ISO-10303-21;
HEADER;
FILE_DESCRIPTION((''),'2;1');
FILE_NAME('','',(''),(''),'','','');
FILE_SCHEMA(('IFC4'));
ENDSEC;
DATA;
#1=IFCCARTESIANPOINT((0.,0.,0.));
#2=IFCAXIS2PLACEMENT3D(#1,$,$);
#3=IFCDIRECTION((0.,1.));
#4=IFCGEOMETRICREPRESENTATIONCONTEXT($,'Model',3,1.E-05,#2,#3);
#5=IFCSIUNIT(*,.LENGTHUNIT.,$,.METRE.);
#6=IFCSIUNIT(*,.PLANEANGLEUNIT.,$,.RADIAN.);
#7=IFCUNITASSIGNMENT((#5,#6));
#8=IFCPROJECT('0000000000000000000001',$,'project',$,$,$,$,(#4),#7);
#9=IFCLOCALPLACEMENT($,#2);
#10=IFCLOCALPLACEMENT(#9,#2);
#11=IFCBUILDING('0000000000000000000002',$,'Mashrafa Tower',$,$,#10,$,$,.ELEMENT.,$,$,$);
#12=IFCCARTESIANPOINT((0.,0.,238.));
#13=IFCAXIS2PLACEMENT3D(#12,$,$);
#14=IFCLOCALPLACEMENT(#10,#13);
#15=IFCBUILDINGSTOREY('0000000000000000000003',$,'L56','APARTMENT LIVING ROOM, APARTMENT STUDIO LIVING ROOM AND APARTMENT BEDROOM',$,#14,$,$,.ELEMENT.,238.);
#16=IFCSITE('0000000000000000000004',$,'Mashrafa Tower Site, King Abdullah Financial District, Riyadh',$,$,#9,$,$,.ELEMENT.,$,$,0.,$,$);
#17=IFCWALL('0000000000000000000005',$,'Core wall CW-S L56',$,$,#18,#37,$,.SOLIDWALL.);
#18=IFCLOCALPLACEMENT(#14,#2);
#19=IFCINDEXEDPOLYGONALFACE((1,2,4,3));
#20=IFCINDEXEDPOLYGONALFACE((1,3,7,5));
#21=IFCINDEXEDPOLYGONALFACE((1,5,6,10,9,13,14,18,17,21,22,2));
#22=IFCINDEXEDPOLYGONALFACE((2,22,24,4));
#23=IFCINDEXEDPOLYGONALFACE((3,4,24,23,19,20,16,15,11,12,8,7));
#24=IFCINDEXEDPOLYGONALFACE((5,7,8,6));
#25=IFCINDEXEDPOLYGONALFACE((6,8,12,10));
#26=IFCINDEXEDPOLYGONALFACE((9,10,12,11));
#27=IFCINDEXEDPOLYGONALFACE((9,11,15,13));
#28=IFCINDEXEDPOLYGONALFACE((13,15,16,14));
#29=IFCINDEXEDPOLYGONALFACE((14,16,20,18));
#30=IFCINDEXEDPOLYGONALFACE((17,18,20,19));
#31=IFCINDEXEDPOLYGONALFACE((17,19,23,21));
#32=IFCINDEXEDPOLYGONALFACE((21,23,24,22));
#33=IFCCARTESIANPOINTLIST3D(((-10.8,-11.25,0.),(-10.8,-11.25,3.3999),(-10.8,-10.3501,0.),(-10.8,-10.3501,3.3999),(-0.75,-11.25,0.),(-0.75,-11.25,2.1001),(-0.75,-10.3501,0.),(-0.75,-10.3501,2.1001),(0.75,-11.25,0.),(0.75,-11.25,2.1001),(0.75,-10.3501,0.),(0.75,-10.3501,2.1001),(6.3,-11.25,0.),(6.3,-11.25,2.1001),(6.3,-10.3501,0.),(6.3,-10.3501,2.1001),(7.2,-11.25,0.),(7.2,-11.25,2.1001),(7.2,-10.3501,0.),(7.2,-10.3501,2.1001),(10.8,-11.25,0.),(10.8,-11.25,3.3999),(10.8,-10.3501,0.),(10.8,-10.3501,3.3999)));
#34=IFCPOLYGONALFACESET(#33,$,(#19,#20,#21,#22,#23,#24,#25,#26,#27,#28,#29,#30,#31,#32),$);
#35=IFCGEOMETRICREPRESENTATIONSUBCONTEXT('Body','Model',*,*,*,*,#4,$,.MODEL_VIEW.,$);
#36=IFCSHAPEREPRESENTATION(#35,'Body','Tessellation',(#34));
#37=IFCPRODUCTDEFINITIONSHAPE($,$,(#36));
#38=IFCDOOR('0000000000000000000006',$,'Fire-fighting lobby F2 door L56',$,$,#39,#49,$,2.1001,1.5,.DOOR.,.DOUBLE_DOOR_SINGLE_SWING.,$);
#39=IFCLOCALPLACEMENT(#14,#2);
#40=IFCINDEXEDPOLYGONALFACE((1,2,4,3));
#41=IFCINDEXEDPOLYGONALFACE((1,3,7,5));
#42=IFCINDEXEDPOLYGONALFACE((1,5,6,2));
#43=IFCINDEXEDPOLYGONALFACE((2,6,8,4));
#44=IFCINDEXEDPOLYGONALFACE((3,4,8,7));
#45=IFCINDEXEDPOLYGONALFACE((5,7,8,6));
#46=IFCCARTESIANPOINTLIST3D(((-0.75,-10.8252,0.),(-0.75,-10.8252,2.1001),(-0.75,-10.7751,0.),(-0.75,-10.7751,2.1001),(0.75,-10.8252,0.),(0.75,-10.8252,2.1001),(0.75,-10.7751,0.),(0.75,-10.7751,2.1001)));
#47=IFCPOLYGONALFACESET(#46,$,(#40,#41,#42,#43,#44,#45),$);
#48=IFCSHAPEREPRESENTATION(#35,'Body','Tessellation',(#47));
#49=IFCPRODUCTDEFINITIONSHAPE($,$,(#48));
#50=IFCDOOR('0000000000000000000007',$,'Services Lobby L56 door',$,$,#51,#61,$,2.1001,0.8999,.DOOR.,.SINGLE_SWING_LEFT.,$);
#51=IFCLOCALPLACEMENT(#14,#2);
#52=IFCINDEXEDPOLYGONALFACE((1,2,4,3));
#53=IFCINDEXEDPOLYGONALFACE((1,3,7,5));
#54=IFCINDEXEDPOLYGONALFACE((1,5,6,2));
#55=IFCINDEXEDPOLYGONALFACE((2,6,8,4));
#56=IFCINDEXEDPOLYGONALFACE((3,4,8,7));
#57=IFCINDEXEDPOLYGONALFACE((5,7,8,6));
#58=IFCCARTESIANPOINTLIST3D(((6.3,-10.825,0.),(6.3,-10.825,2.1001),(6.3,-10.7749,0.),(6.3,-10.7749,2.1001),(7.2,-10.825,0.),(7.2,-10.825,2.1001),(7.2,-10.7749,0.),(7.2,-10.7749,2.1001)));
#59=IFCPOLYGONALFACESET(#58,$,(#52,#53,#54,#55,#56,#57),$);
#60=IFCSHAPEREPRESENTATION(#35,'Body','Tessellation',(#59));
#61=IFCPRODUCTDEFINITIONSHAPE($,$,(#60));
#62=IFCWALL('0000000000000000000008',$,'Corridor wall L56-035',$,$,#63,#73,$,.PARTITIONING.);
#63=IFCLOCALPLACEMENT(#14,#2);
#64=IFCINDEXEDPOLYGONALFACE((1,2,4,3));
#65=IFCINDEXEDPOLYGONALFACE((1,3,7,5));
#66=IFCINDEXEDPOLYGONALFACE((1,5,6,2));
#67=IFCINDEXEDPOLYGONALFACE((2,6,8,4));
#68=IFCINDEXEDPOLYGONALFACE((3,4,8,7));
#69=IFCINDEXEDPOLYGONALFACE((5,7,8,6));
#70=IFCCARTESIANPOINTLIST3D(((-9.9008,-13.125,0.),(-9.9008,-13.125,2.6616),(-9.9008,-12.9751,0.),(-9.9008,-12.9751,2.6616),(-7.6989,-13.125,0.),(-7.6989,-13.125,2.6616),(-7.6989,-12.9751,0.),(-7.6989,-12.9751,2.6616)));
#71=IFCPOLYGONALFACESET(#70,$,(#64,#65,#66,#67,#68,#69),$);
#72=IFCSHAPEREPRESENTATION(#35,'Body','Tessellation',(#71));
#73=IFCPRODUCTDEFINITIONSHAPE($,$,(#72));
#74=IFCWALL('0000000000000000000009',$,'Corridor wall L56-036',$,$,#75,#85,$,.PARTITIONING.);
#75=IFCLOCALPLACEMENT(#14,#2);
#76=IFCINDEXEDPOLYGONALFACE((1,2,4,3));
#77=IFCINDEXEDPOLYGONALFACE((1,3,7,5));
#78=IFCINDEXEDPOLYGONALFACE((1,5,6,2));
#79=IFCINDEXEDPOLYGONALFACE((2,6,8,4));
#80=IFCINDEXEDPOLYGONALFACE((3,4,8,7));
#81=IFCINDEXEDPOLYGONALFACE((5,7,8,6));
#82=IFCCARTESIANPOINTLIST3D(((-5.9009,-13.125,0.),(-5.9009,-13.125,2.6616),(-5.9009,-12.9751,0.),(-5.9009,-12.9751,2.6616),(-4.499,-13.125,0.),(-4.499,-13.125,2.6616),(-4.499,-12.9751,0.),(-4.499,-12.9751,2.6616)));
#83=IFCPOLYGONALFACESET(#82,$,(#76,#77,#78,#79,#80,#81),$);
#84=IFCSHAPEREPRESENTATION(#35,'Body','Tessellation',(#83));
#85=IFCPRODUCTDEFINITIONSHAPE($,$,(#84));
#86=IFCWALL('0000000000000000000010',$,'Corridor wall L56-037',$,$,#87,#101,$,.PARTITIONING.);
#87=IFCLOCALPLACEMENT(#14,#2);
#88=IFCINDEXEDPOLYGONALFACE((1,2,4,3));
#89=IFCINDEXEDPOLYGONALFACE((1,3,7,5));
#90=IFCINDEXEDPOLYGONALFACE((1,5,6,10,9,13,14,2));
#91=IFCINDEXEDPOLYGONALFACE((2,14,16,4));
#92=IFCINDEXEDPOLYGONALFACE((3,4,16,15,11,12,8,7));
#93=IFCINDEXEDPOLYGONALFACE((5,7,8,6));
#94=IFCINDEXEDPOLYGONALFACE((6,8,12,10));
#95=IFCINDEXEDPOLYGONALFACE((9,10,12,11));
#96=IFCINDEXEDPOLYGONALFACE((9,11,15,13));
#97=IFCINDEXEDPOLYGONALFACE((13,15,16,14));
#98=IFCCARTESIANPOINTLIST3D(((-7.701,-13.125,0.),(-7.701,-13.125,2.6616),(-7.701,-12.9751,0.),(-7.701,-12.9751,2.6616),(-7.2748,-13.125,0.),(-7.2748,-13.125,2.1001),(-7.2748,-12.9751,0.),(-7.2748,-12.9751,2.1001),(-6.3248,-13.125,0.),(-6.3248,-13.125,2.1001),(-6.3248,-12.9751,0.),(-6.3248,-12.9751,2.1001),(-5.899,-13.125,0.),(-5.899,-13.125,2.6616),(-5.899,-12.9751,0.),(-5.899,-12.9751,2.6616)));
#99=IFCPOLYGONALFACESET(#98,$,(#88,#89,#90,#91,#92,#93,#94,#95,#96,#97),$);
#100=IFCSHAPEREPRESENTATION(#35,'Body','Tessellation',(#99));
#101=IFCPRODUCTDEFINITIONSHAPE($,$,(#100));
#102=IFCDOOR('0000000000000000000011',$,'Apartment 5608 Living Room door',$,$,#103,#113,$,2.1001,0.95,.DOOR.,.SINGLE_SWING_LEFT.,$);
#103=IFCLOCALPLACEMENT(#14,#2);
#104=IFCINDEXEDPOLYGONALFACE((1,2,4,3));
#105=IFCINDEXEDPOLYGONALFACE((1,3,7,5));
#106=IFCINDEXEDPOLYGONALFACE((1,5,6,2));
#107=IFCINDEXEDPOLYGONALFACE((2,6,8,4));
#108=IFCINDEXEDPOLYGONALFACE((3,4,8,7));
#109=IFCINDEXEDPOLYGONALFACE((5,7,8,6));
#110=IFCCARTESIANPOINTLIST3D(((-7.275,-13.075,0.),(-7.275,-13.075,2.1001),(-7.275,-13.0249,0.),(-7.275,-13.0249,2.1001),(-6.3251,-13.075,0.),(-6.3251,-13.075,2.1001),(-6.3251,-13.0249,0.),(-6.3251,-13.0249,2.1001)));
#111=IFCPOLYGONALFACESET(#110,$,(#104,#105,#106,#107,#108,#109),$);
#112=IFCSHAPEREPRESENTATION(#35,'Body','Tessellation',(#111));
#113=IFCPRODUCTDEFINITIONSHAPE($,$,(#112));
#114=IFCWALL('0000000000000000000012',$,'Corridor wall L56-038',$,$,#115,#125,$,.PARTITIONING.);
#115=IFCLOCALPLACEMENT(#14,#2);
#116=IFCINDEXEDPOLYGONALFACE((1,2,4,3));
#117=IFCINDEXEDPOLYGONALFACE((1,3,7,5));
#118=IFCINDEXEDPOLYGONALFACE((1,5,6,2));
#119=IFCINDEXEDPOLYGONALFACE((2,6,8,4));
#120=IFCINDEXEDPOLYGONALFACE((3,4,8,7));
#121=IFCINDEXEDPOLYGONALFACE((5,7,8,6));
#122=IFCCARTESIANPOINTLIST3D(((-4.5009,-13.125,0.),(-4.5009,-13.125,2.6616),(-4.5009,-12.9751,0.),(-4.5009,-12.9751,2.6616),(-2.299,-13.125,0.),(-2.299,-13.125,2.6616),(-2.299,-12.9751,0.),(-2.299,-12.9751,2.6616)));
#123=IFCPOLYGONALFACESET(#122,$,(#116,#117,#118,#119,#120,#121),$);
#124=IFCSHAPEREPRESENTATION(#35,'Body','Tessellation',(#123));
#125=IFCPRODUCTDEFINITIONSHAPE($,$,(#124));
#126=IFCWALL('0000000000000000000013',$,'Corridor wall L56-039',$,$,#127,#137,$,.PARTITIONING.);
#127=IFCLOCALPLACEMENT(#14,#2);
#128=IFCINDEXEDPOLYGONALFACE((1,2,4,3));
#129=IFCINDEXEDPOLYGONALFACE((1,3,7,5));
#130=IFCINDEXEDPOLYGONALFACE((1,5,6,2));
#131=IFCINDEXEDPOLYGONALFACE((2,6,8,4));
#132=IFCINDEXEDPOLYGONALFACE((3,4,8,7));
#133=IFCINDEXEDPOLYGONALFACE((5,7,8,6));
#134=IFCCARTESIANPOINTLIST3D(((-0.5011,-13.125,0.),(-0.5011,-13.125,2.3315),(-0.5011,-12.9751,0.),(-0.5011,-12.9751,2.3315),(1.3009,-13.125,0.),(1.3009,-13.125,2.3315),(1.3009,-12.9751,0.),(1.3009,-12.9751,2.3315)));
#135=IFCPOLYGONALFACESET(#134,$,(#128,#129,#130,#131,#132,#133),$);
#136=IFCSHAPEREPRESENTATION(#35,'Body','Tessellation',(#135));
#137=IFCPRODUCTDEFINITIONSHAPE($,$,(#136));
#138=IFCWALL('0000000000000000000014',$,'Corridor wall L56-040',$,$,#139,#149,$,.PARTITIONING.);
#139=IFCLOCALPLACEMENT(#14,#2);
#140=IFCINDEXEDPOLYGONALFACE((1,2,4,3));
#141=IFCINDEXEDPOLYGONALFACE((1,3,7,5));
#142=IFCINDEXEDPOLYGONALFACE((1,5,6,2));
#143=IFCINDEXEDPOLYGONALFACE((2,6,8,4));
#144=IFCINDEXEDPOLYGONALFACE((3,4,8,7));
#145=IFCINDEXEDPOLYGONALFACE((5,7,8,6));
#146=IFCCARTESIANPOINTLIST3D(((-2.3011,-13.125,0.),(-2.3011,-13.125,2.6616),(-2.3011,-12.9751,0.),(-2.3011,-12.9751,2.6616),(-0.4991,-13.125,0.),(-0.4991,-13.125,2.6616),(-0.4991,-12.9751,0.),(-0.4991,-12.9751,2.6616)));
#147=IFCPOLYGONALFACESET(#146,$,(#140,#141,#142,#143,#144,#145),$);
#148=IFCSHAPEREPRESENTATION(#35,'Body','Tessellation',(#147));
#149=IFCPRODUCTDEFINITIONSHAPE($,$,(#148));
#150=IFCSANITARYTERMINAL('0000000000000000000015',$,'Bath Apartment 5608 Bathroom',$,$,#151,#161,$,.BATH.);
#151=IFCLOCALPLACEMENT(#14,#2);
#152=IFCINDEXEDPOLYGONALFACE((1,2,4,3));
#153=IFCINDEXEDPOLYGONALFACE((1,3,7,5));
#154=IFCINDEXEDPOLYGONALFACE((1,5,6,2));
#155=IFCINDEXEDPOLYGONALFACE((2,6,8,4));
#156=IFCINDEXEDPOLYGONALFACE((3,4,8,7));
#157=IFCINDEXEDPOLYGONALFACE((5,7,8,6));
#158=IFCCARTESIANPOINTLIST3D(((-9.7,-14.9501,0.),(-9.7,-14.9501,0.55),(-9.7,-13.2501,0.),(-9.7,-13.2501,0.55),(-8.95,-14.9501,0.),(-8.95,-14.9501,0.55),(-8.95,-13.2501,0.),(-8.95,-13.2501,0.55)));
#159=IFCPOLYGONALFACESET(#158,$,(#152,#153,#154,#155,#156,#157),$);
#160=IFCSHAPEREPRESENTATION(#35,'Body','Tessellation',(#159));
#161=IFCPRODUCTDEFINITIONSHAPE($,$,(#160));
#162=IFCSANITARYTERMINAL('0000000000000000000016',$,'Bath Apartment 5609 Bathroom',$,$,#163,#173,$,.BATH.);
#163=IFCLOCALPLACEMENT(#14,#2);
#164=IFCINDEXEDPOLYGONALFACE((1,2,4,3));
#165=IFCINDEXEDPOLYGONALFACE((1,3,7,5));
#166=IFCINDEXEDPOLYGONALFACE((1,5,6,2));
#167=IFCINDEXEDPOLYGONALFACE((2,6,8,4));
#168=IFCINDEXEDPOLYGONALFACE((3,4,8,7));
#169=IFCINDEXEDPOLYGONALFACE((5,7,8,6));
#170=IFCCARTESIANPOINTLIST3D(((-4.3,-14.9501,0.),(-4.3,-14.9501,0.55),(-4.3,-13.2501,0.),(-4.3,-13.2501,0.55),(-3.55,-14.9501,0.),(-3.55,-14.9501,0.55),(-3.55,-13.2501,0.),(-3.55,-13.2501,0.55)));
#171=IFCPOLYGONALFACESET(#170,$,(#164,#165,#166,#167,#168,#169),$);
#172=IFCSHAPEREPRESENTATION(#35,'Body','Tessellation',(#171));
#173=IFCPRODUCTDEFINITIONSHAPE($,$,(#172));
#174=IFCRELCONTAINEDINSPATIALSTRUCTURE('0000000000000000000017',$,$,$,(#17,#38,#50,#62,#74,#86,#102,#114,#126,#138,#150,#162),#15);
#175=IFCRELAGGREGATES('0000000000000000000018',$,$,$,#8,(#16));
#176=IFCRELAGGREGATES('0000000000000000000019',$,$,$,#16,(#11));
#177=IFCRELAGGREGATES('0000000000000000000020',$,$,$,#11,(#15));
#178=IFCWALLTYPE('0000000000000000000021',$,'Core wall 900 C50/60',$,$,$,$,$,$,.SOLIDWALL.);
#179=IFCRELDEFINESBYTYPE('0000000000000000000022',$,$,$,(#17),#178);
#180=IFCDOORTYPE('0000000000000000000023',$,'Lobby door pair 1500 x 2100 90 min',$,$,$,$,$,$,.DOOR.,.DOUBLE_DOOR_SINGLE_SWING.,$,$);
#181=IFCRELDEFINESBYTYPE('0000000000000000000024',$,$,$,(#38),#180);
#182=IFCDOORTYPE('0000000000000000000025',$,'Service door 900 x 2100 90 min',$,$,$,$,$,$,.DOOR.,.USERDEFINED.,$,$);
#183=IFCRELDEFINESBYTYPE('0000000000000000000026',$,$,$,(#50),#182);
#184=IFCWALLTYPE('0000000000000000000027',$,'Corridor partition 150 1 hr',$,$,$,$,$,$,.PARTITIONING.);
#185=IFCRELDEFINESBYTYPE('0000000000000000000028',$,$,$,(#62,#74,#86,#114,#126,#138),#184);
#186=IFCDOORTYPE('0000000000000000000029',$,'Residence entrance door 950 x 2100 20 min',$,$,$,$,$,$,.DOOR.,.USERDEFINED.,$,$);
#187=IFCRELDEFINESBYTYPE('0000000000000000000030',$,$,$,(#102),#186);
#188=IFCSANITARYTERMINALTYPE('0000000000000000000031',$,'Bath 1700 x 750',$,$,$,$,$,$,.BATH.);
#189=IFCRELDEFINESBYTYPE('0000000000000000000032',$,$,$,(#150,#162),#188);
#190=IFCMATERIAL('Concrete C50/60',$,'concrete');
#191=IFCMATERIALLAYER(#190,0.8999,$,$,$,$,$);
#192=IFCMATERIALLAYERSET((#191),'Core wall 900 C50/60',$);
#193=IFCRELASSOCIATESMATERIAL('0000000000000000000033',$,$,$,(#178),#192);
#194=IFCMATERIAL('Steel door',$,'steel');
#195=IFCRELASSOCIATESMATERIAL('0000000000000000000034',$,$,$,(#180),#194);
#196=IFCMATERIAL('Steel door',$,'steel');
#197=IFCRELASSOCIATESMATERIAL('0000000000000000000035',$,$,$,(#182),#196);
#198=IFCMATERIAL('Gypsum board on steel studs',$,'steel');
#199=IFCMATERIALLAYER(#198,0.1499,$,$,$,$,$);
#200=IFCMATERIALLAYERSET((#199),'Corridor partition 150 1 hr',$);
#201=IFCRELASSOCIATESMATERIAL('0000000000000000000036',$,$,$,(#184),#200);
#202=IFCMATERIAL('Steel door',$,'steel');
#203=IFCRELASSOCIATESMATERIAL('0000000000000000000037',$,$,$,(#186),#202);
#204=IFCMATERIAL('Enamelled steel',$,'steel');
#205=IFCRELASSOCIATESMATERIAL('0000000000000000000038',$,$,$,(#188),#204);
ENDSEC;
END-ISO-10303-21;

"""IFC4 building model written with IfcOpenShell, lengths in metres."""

from ifc_helpers import new_model, si_unit, direction, frame, frame_2d, origin, origin_2d, place, context, subcontext, project, spatial, rectangle, extrude, material, layer, layer_set, type_object, element, fill, save


model = new_model("IFC4")

# Units and contexts
model_context = context("Model", 3, precision=1e-05, world=origin(), true_north=direction((0.0, 1.0)))
body_context = subcontext(model_context, "Body", "Model", "MODEL_VIEW")
ifc_project = project(units=[si_unit("LENGTHUNIT", "METRE"), si_unit("PLANEANGLEUNIT", "RADIAN")], contexts=[model_context])

# Site, building, storey
site_placement = place(None, origin())
site = spatial("IfcSite", under=ifc_project, at=site_placement, Name="Mashrafa Tower Site, King Abdullah Financial District, Riyadh", CompositionType="ELEMENT", RefElevation=0.0)
building_placement = place(site_placement, origin())
building = spatial("IfcBuilding", under=site, at=building_placement, Name="Mashrafa Tower", CompositionType="ELEMENT")
storey_placement = place(building_placement, frame((0.0, 0.0, 238.0)))
storey = spatial("IfcBuildingStorey", under=building, at=storey_placement, Name="L56", Description="APARTMENT LIVING ROOM, APARTMENT STUDIO LIVING ROOM AND APARTMENT BEDROOM", CompositionType="ELEMENT", Elevation=238.0)

# Wall, openings, doors
ifc_material_1 = material(Name="Concrete C50/60", Category="concrete")
ifc_layer_1 = layer(ifc_material_1, 0.8999)
ifc_layer_set_1 = layer_set([ifc_layer_1], Name="Core wall 900 C50/60")
wall_type_1 = type_object("IfcWallType", Name="Core wall 900 C50/60", PredefinedType="SOLIDWALL", material=ifc_layer_set_1)
wall_1_placement = place(storey_placement, frame((-10.8, -10.8, 0.0), z_axis=(0.0, 0.0, 1.0), x_axis=(1.0, 0.0, 0.0)))
wall_1 = element("IfcWall", 1, at=wall_1_placement, inside=storey, type_object=wall_type_1, Name="Core wall CW-S L56", PredefinedType="SOLIDWALL", context=body_context, shape_type="SweptSolid", body=[
    extrude(rectangle(XDim=21.6001, YDim=0.8999, at=frame_2d((10.8, 0.0))), origin(), (0.0, 0.0, 1.0), 3.3999),
])
opening_1_placement = place(wall_1_placement, frame((10.05, 0.0, 0.0)))
opening_1 = element("IfcOpeningElement", 2, at=opening_1_placement, cuts=wall_1, PredefinedType="OPENING", context=body_context, shape_type="SweptSolid", body=[
    extrude(rectangle(XDim=1.5, YDim=2.1001, at=frame_2d((0.75, 1.05))), frame((0.0, 0.46, 0.0), z_axis=(0.0, -1.0, 0.0), x_axis=(1.0, 0.0, 0.0)), (0.0, 0.0, 1.0), 0.9199),
])
opening_2_placement = place(wall_1_placement, frame((17.1001, 0.0, 0.0)))
opening_2 = element("IfcOpeningElement", 3, at=opening_2_placement, cuts=wall_1, PredefinedType="OPENING", context=body_context, shape_type="SweptSolid", body=[
    extrude(rectangle(XDim=0.8999, YDim=2.1001, at=frame_2d((0.45, 1.05))), frame((0.0, 0.46, 0.0), z_axis=(0.0, -1.0, 0.0), x_axis=(1.0, 0.0, 0.0)), (0.0, 0.0, 1.0), 0.9199),
])
ifc_material_2 = material(Name="Steel door", Category="steel")
door_type_1 = type_object("IfcDoorType", Name="Lobby door pair 1500 x 2100 90 min", OperationType="DOUBLE_DOOR_SINGLE_SWING", PredefinedType="DOOR", material=ifc_material_2)
door_1_placement = place(opening_1_placement, origin())
door_1 = element("IfcDoor", 4, at=door_1_placement, inside=storey, type_object=door_type_1, Name="Fire-fighting lobby F2 door L56", OperationType="DOUBLE_DOOR_SINGLE_SWING", OverallHeight=2.1001, OverallWidth=1.5, PredefinedType="DOOR", context=body_context, shape_type="SweptSolid", body=[
    extrude(rectangle(XDim=1.5, YDim=2.1001, at=frame_2d((0.75, 1.05))), frame((0.0, 0.0249, 0.0), z_axis=(0.0, -1.0, 0.0), x_axis=(1.0, 0.0, 0.0)), (0.0, 0.0, 1.0), 0.05),
])
fill(opening_1, door_1)
ifc_material_3 = material(Name="Steel door", Category="steel")
door_type_2 = type_object("IfcDoorType", Name="Service door 900 x 2100 90 min", OperationType="USERDEFINED", PredefinedType="DOOR", material=ifc_material_3)
door_2_placement = place(opening_2_placement, frame((0.8999, 0.0, 0.0), z_axis=(0.0, 0.0, 1.0), x_axis=(-1.0, 0.0, 0.0)))
door_2 = element("IfcDoor", 5, at=door_2_placement, inside=storey, type_object=door_type_2, Name="Services Lobby L56 door", OperationType="SINGLE_SWING_LEFT", OverallHeight=2.1001, OverallWidth=0.8999, PredefinedType="DOOR", context=body_context, shape_type="SweptSolid", body=[
    extrude(rectangle(XDim=0.8999, YDim=2.1001, at=frame_2d((0.45, 1.05))), frame((0.0, 0.0249, 0.0), z_axis=(0.0, -1.0, 0.0), x_axis=(1.0, 0.0, 0.0)), (0.0, 0.0, 1.0), 0.05),
])
fill(opening_2, door_2)

# Walls
ifc_material_4 = material(Name="Gypsum board on steel studs", Category="steel")
ifc_layer_2 = layer(ifc_material_4, 0.1499)
ifc_layer_set_2 = layer_set([ifc_layer_2], Name="Corridor partition 150 1 hr")
wall_type_2 = type_object("IfcWallType", Name="Corridor partition 150 1 hr", PredefinedType="PARTITIONING", material=ifc_layer_set_2)
wall_2_placement = place(storey_placement, frame((-9.9009, -13.05, 0.0), z_axis=(0.0, 0.0, 1.0), x_axis=(1.0, 0.0, 0.0)))
element("IfcWall", 6, at=wall_2_placement, inside=storey, type_object=wall_type_2, Name="Corridor wall L56-035", PredefinedType="PARTITIONING", context=body_context, shape_type="SweptSolid", body=[
    extrude(rectangle(XDim=2.2019, YDim=0.1499, at=frame_2d((1.1011, 0.0))), origin(), (0.0, 0.0, 1.0), 2.6616),
])
wall_3_placement = place(storey_placement, frame((-5.9009, -13.05, 0.0), z_axis=(0.0, 0.0, 1.0), x_axis=(1.0, 0.0, 0.0)))
element("IfcWall", 7, at=wall_3_placement, inside=storey, type_object=wall_type_2, Name="Corridor wall L56-036", PredefinedType="PARTITIONING", context=body_context, shape_type="SweptSolid", body=[
    extrude(rectangle(XDim=1.4019, YDim=0.1499, at=frame_2d((0.7009, 0.0))), origin(), (0.0, 0.0, 1.0), 2.6616),
])

# Wall, opening, door
wall_4_placement = place(storey_placement, frame((-7.7009, -13.05, 0.0), z_axis=(0.0, 0.0, 1.0), x_axis=(1.0, 0.0, 0.0)))
wall_4 = element("IfcWall", 8, at=wall_4_placement, inside=storey, type_object=wall_type_2, Name="Corridor wall L56-037", PredefinedType="PARTITIONING", context=body_context, shape_type="SweptSolid", body=[
    extrude(rectangle(XDim=1.802, YDim=0.1499, at=frame_2d((0.9009, 0.0))), origin(), (0.0, 0.0, 1.0), 2.6616),
])
opening_3_placement = place(wall_4_placement, frame((0.426, 0.0, 0.0)))
opening_3 = element("IfcOpeningElement", 9, at=opening_3_placement, cuts=wall_4, PredefinedType="OPENING", context=body_context, shape_type="SweptSolid", body=[
    extrude(rectangle(XDim=0.95, YDim=2.1001, at=frame_2d((0.4751, 1.05))), frame((0.0, 0.085, 0.0), z_axis=(0.0, -1.0, 0.0), x_axis=(1.0, 0.0, 0.0)), (0.0, 0.0, 1.0), 0.1699),
])
ifc_material_5 = material(Name="Steel door", Category="steel")
door_type_3 = type_object("IfcDoorType", Name="Residence entrance door 950 x 2100 20 min", OperationType="USERDEFINED", PredefinedType="DOOR", material=ifc_material_5)
door_3_placement = place(opening_3_placement, frame((0.95, 0.0, 0.0), z_axis=(0.0, 0.0, 1.0), x_axis=(-1.0, 0.0, 0.0)))
door_3 = element("IfcDoor", 10, at=door_3_placement, inside=storey, type_object=door_type_3, Name="Apartment 5608 Living Room door", OperationType="SINGLE_SWING_LEFT", OverallHeight=2.1001, OverallWidth=0.95, PredefinedType="DOOR", context=body_context, shape_type="SweptSolid", body=[
    extrude(rectangle(XDim=0.95, YDim=2.1001, at=frame_2d((0.4751, 1.05))), frame((0.0, 0.0249, 0.0), z_axis=(0.0, -1.0, 0.0), x_axis=(1.0, 0.0, 0.0)), (0.0, 0.0, 1.0), 0.05),
])
fill(opening_3, door_3)

# Walls
wall_5_placement = place(storey_placement, frame((-4.501, -13.05, 0.0), z_axis=(0.0, 0.0, 1.0), x_axis=(1.0, 0.0, 0.0)))
element("IfcWall", 11, at=wall_5_placement, inside=storey, type_object=wall_type_2, Name="Corridor wall L56-038", PredefinedType="PARTITIONING", context=body_context, shape_type="SweptSolid", body=[
    extrude(rectangle(XDim=2.2019, YDim=0.1499, at=frame_2d((1.1011, 0.0))), origin(), (0.0, 0.0, 1.0), 2.6616),
])
wall_6_placement = place(storey_placement, frame((-0.501, -13.05, 0.0), z_axis=(0.0, 0.0, 1.0), x_axis=(1.0, 0.0, 0.0)))
element("IfcWall", 12, at=wall_6_placement, inside=storey, type_object=wall_type_2, Name="Corridor wall L56-039", PredefinedType="PARTITIONING", context=body_context, shape_type="SweptSolid", body=[
    extrude(rectangle(XDim=1.802, YDim=0.1499, at=frame_2d((0.9009, 0.0))), origin(), (0.0, 0.0, 1.0), 2.3315),
])
wall_7_placement = place(storey_placement, frame((-2.301, -13.05, 0.0), z_axis=(0.0, 0.0, 1.0), x_axis=(1.0, 0.0, 0.0)))
element("IfcWall", 13, at=wall_7_placement, inside=storey, type_object=wall_type_2, Name="Corridor wall L56-040", PredefinedType="PARTITIONING", context=body_context, shape_type="SweptSolid", body=[
    extrude(rectangle(XDim=1.802, YDim=0.1499, at=frame_2d((0.9009, 0.0))), origin(), (0.0, 0.0, 1.0), 2.6616),
])

# Sanitary terminals
ifc_material_6 = material(Name="Enamelled steel", Category="steel")
sanitary_terminal_type_1 = type_object("IfcSanitaryTerminalType", Name="Bath 1700 x 750", PredefinedType="BATH", material=ifc_material_6)
for number, where, z_axis, x_axis, name in (
    (14, (-9.325, -14.1001, 0.0), (0.0, 0.0, 1.0), (0.0, -1.0, 0.0), "Bath Apartment 5608 Bathroom"),
    (15, (-3.925, -14.1001, 0.0), (0.0, 0.0, 1.0), (0.0, -1.0, 0.0), "Bath Apartment 5609 Bathroom"),
):
    element("IfcSanitaryTerminal", number, at=place(storey_placement, frame(where, z_axis=z_axis, x_axis=x_axis)), inside=storey, type_object=sanitary_terminal_type_1, Name=name, PredefinedType="BATH", context=body_context, shape_type="SweptSolid", body=[
        extrude(rectangle(XDim=1.7, YDim=0.75, at=origin_2d()), origin(), (0.0, 0.0, 1.0), 0.55),
    ])

save(model, "model.ifc")
